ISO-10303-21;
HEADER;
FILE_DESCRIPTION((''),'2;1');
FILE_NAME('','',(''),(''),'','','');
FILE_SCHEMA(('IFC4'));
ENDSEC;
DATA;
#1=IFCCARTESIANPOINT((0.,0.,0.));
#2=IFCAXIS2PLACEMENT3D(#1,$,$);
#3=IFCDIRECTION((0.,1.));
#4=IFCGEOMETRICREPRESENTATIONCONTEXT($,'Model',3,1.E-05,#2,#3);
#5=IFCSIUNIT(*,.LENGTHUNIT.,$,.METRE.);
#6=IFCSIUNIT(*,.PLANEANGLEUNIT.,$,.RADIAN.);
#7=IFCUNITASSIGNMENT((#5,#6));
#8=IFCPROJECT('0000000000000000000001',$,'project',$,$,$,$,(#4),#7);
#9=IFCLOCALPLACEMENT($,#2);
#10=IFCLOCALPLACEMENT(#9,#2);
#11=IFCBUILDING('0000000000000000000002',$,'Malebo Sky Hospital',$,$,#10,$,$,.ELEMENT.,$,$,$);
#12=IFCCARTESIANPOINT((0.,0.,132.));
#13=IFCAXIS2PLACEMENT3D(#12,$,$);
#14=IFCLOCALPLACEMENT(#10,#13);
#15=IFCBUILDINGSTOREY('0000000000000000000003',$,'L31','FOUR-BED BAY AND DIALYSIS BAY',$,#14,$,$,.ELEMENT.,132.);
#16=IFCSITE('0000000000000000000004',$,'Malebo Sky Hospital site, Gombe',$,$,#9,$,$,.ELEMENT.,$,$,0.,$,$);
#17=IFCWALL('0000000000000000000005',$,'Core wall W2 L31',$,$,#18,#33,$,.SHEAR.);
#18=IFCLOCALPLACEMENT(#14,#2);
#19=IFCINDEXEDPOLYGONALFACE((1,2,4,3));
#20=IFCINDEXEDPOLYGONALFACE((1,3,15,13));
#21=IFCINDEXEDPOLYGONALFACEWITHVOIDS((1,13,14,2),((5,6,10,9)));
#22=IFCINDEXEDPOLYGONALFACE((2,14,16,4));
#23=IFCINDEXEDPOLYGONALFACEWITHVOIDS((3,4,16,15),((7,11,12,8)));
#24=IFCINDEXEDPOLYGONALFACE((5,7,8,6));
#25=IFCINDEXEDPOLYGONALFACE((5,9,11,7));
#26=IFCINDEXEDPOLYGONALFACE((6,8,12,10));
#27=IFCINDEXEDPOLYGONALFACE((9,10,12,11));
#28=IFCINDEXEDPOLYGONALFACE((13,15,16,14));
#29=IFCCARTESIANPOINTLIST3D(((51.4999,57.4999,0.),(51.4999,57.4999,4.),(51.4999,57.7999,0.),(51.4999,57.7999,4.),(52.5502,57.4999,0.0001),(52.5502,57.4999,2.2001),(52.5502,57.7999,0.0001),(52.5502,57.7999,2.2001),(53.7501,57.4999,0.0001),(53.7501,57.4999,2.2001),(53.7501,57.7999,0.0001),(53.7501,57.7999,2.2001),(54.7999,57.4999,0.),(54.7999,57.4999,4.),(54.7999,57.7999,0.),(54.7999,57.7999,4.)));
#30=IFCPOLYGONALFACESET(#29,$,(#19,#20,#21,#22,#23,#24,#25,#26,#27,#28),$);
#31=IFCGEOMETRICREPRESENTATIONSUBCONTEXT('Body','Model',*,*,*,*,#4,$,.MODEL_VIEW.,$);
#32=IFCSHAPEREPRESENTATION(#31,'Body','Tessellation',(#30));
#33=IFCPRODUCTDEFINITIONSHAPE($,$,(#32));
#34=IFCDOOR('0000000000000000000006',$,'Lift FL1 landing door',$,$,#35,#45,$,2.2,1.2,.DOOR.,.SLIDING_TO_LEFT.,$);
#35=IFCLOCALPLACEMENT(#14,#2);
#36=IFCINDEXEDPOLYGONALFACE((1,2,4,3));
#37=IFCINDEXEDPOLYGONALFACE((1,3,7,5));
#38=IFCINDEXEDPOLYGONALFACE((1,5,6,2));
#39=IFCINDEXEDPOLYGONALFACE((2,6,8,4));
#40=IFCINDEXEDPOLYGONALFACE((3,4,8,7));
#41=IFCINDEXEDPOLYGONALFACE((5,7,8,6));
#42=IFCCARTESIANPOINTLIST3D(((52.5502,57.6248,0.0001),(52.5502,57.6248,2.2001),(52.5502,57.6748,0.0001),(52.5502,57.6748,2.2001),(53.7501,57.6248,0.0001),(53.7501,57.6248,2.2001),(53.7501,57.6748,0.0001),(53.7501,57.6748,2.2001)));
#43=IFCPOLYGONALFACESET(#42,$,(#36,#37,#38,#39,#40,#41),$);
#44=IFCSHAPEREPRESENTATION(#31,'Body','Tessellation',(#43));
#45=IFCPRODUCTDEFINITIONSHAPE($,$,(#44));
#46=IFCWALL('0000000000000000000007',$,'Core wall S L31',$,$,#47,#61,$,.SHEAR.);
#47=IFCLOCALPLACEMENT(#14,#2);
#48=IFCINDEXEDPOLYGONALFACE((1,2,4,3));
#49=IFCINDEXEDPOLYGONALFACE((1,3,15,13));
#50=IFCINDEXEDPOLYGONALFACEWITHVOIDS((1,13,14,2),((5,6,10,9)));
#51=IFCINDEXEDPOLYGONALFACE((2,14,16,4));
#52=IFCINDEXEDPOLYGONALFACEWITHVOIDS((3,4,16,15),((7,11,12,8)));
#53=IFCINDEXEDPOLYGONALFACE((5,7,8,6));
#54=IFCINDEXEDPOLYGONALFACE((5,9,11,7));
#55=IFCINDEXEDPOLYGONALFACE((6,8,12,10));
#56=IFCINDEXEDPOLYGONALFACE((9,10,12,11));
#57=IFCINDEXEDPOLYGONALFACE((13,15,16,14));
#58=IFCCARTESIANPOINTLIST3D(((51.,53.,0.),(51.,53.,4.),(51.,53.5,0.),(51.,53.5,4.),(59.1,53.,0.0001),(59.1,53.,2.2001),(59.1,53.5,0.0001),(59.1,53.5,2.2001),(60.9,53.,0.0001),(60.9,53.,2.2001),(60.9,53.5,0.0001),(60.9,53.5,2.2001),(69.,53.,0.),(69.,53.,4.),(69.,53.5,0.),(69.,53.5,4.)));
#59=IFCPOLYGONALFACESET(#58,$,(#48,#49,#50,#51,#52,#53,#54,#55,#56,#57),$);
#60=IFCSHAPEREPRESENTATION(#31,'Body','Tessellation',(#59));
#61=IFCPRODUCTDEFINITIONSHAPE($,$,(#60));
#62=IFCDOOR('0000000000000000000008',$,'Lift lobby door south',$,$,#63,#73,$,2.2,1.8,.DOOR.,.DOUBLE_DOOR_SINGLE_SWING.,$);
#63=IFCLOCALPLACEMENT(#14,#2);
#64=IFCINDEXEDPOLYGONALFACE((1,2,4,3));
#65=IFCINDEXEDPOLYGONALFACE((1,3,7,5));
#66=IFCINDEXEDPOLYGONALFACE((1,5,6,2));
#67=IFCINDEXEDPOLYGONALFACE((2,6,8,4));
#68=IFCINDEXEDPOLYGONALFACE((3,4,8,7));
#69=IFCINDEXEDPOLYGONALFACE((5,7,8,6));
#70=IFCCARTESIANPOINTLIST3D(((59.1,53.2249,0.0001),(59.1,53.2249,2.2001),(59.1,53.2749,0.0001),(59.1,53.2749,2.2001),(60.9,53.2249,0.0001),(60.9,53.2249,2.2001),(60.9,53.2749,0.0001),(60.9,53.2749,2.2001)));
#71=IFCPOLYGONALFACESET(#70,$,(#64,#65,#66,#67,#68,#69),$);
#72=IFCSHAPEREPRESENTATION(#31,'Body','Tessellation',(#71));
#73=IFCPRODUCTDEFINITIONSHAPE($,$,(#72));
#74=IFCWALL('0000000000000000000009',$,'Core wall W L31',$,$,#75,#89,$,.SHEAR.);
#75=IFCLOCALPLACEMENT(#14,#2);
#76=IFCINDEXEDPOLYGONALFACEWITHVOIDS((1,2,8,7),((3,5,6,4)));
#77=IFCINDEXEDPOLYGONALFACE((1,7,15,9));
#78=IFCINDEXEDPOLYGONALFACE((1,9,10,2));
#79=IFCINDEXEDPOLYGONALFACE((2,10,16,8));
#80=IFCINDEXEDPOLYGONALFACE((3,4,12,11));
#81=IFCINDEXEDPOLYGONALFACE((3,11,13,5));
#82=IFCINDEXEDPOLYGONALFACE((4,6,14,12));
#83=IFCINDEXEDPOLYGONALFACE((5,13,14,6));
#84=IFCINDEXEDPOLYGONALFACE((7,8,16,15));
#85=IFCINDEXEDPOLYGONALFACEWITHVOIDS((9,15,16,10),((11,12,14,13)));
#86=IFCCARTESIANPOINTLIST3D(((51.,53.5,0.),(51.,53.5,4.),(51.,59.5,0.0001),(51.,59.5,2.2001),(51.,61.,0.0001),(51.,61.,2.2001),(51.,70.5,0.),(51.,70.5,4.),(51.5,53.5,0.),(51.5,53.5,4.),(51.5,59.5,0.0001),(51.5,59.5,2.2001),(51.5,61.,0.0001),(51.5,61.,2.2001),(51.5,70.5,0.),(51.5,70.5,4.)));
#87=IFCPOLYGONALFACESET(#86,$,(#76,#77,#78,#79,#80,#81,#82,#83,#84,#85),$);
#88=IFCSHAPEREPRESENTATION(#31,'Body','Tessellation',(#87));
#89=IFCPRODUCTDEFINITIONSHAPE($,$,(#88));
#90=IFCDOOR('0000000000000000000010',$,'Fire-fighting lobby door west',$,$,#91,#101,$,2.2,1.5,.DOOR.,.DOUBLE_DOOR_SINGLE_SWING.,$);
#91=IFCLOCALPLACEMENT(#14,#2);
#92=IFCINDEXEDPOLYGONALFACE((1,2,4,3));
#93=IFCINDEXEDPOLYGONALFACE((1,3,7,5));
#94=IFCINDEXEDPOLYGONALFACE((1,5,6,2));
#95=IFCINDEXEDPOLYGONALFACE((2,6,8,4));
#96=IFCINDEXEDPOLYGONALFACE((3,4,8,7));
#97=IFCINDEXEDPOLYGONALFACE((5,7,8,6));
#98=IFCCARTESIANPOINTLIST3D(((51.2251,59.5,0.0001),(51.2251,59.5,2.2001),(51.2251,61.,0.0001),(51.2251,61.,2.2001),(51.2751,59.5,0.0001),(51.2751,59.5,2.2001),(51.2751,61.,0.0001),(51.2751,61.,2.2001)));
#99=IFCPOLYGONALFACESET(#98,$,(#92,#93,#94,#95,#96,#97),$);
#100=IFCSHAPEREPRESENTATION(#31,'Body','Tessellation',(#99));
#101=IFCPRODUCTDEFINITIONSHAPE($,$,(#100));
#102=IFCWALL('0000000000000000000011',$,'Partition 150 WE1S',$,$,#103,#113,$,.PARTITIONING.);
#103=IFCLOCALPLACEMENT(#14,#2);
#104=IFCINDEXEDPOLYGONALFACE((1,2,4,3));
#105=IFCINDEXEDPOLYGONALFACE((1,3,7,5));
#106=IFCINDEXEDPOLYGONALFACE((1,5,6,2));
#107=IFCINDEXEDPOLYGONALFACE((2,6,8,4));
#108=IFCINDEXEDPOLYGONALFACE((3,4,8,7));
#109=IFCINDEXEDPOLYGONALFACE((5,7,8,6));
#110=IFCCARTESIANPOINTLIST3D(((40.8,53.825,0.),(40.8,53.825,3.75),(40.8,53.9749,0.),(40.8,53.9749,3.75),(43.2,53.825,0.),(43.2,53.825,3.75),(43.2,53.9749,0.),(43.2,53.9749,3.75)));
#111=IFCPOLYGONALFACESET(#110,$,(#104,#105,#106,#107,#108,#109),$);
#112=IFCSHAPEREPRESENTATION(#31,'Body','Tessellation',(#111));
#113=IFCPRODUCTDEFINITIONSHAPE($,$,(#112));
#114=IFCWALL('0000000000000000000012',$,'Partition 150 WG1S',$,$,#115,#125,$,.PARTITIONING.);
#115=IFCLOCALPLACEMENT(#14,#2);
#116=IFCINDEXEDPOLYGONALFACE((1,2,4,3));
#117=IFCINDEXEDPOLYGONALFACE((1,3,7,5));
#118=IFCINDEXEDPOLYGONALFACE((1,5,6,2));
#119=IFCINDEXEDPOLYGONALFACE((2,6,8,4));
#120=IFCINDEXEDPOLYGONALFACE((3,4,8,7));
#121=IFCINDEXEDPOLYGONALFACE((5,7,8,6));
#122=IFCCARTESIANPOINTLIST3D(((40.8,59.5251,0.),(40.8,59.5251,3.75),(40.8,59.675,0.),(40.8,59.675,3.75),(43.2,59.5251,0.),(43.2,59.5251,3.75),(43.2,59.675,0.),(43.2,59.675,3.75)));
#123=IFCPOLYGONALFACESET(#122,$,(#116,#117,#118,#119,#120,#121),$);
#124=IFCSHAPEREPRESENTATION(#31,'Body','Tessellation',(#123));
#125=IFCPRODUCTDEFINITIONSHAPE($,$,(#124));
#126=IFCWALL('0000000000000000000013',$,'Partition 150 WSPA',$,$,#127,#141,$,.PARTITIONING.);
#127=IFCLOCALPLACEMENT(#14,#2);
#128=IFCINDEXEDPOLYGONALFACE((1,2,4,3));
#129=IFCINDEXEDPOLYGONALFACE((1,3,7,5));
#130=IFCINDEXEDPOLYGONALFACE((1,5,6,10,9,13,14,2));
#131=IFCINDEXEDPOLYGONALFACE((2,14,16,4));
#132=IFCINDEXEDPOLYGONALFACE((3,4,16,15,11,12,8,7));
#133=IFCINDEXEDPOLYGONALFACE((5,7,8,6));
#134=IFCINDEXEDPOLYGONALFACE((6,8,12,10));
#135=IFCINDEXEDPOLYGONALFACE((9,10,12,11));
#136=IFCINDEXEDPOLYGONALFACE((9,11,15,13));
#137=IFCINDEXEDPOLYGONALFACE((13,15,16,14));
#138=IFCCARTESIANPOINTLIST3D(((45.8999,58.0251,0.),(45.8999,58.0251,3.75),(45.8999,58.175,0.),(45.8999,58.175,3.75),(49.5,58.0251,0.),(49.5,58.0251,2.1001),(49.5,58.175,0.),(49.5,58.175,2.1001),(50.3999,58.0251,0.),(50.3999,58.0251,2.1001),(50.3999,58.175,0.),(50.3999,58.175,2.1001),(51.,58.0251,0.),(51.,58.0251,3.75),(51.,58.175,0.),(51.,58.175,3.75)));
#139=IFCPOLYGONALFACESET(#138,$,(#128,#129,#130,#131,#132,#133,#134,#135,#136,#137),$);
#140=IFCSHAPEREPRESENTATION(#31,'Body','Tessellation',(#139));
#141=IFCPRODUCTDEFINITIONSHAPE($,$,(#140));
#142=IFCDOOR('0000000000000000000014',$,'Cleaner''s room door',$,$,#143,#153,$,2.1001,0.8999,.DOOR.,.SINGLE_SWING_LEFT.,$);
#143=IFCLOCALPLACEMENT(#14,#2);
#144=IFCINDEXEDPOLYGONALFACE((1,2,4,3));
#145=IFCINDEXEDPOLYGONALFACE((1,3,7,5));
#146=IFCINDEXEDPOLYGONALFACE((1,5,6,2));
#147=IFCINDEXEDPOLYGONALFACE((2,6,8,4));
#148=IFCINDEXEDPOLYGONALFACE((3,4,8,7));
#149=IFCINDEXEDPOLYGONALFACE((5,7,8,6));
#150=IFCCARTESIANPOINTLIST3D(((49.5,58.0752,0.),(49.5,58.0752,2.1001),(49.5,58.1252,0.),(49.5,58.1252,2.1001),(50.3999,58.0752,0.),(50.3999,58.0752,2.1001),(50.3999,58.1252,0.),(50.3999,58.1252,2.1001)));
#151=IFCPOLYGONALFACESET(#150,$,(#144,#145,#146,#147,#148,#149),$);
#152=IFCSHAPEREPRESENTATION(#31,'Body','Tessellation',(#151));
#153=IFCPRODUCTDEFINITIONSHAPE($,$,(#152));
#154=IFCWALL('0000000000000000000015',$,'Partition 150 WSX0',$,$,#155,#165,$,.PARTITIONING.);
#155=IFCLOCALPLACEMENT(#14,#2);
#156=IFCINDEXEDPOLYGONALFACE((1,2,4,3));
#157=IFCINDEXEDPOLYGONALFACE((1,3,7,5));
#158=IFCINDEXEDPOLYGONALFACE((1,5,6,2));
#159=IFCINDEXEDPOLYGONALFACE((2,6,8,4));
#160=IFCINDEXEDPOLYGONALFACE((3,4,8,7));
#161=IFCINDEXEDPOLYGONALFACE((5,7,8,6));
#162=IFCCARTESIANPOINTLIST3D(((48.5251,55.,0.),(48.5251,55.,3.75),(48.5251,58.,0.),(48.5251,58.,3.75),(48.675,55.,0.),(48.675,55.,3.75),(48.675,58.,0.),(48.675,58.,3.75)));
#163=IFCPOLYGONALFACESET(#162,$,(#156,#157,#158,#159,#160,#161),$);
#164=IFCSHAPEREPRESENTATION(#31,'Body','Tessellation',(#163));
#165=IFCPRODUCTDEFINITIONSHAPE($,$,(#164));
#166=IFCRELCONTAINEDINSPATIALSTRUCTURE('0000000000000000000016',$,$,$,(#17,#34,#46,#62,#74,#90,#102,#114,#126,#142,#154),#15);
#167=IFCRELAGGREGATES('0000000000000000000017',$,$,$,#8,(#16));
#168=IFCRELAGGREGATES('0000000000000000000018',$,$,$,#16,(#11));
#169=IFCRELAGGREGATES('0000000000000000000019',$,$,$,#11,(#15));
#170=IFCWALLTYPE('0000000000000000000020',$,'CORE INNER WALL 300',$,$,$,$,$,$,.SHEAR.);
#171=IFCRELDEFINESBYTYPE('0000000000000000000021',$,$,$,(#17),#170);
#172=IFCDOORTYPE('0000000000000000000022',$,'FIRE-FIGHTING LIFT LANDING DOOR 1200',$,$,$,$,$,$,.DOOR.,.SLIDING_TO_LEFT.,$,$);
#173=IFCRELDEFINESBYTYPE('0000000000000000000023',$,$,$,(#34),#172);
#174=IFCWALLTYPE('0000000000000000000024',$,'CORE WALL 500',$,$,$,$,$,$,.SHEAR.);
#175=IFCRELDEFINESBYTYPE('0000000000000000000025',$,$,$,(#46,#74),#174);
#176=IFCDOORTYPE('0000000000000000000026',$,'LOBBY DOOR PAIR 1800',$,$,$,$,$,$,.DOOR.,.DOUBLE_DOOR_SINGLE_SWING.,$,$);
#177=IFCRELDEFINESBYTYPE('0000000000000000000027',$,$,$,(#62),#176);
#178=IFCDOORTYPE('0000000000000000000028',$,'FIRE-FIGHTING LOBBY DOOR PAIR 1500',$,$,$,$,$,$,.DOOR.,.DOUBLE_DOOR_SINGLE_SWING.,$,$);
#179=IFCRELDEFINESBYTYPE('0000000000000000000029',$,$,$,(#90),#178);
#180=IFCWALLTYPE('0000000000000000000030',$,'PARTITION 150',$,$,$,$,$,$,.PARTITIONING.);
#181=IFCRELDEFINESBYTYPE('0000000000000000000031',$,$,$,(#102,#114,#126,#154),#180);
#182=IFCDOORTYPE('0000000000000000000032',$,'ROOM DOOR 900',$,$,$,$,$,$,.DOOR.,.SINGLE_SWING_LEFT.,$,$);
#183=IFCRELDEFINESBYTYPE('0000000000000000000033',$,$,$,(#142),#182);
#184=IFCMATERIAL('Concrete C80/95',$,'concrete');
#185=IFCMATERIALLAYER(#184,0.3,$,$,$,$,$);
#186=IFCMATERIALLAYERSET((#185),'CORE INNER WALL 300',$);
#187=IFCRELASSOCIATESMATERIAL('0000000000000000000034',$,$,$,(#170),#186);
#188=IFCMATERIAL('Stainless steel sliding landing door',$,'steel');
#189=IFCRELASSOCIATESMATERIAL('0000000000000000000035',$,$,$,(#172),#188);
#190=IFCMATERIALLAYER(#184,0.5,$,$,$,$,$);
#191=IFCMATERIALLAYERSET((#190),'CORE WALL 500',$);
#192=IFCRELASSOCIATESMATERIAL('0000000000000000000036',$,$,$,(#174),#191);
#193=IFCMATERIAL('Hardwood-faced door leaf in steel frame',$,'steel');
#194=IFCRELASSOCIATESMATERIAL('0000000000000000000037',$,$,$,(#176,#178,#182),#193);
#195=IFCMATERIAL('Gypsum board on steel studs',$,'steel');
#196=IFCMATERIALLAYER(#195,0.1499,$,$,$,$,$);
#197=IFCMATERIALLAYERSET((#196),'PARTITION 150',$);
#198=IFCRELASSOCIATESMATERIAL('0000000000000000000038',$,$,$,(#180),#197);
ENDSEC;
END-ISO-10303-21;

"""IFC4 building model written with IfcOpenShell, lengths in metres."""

from ifc_helpers import new_model, si_unit, direction, frame, frame_2d, origin, place, context, subcontext, project, spatial, rectangle, extrude, material, layer, layer_set, type_object, element, fill, save


model = new_model("IFC4")

# Units and contexts
model_context = context("Model", 3, precision=1e-05, world=origin(), true_north=direction((0.0, 1.0)))
body_context = subcontext(model_context, "Body", "Model", "MODEL_VIEW")
ifc_project = project(units=[si_unit("LENGTHUNIT", "METRE"), si_unit("PLANEANGLEUNIT", "RADIAN")], contexts=[model_context])

# Site, building, storey
site_placement = place(None, origin())
site = spatial("IfcSite", under=ifc_project, at=site_placement, Name="Malebo Sky Hospital site, Gombe", CompositionType="ELEMENT", RefElevation=0.0)
building_placement = place(site_placement, origin())
building = spatial("IfcBuilding", under=site, at=building_placement, Name="Malebo Sky Hospital", CompositionType="ELEMENT")
storey_placement = place(building_placement, frame((0.0, 0.0, 132.0)))
storey = spatial("IfcBuildingStorey", under=building, at=storey_placement, Name="L31", Description="FOUR-BED BAY AND DIALYSIS BAY", CompositionType="ELEMENT", Elevation=132.0)

# Shared definitions
ifc_material_1 = material(Name="Concrete C80/95", Category="concrete")
ifc_material_2 = material(Name="Stainless steel sliding landing door", Category="steel")

# Shared definitions
ifc_layer_1 = layer(ifc_material_1, 0.3)
ifc_layer_set_1 = layer_set([ifc_layer_1], Name="CORE INNER WALL 300")
wall_type_1 = type_object("IfcWallType", Name="CORE INNER WALL 300", PredefinedType="SHEAR", material=ifc_layer_set_1)

# Walls, openings, doors
wall_1_placement = place(storey_placement, frame((51.5, 57.6499, 0.0), z_axis=(0.0, 0.0, 1.0), x_axis=(1.0, 0.0, 0.0)))
wall_1 = element("IfcWall", 1, at=wall_1_placement, inside=storey, type_object=wall_type_1, Name="Core wall W2 L31", PredefinedType="SHEAR", context=body_context, shape_type="SweptSolid", body=[
    extrude(rectangle(XDim=3.3, YDim=0.3, at=frame_2d((1.6499, 0.0))), origin(), (0.0, 0.0, 1.0), 4.0),
])
opening_1_placement = place(wall_1_placement, frame((1.05, 0.0, 0.0)))
opening_1 = element("IfcOpeningElement", 2, at=opening_1_placement, cuts=wall_1, PredefinedType="OPENING", context=body_context, shape_type="SweptSolid", body=[
    extrude(rectangle(XDim=1.2, YDim=2.2, at=frame_2d((0.6001, 1.1001))), frame((0.0, 0.1599, 0.0), z_axis=(0.0, -1.0, 0.0), x_axis=(1.0, 0.0, 0.0)), (0.0, 0.0, 1.0), 0.3201),
])
door_type_1 = type_object("IfcDoorType", Name="FIRE-FIGHTING LIFT LANDING DOOR 1200", OperationType="SLIDING_TO_LEFT", PredefinedType="DOOR", material=ifc_material_2)
door_1_placement = place(opening_1_placement, origin())
door_1 = element("IfcDoor", 3, at=door_1_placement, inside=storey, type_object=door_type_1, Name="Lift FL1 landing door", OperationType="SLIDING_TO_LEFT", OverallHeight=2.2, OverallWidth=1.2, PredefinedType="DOOR", context=body_context, shape_type="SweptSolid", body=[
    extrude(rectangle(XDim=1.2, YDim=2.2, at=frame_2d((0.6001, 1.1001))), frame((0.0, 0.0249, 0.0), z_axis=(0.0, -1.0, 0.0), x_axis=(1.0, 0.0, 0.0)), (0.0, 0.0, 1.0), 0.05),
])
fill(opening_1, door_1)
ifc_layer_2 = layer(ifc_material_1, 0.5)
ifc_layer_set_2 = layer_set([ifc_layer_2], Name="CORE WALL 500")
wall_type_2 = type_object("IfcWallType", Name="CORE WALL 500", PredefinedType="SHEAR", material=ifc_layer_set_2)
wall_2_placement = place(storey_placement, frame((51.0, 53.25, 0.0), z_axis=(0.0, 0.0, 1.0), x_axis=(1.0, 0.0, 0.0)))
wall_2 = element("IfcWall", 4, at=wall_2_placement, inside=storey, type_object=wall_type_2, Name="Core wall S L31", PredefinedType="SHEAR", context=body_context, shape_type="SweptSolid", body=[
    extrude(rectangle(XDim=18.0, YDim=0.5, at=frame_2d((9.0, 0.0))), origin(), (0.0, 0.0, 1.0), 4.0),
])
opening_2_placement = place(wall_2_placement, frame((8.1001, 0.0, 0.0)))
opening_2 = element("IfcOpeningElement", 5, at=opening_2_placement, cuts=wall_2, PredefinedType="OPENING", context=body_context, shape_type="SweptSolid", body=[
    extrude(rectangle(XDim=1.8, YDim=2.2, at=frame_2d((0.8999, 1.1001))), frame((0.0, 0.26, 0.0), z_axis=(0.0, -1.0, 0.0), x_axis=(1.0, 0.0, 0.0)), (0.0, 0.0, 1.0), 0.52),
])
ifc_material_3 = material(Name="Hardwood-faced door leaf in steel frame", Category="steel")
door_type_2 = type_object("IfcDoorType", Name="LOBBY DOOR PAIR 1800", OperationType="DOUBLE_DOOR_SINGLE_SWING", PredefinedType="DOOR", material=ifc_material_3)
door_2_placement = place(opening_2_placement, origin())
door_2 = element("IfcDoor", 6, at=door_2_placement, inside=storey, type_object=door_type_2, Name="Lift lobby door south", OperationType="DOUBLE_DOOR_SINGLE_SWING", OverallHeight=2.2, OverallWidth=1.8, PredefinedType="DOOR", context=body_context, shape_type="SweptSolid", body=[
    extrude(rectangle(XDim=1.8, YDim=2.2, at=frame_2d((0.8999, 1.1001))), frame((0.0, 0.0249, 0.0), z_axis=(0.0, -1.0, 0.0), x_axis=(1.0, 0.0, 0.0)), (0.0, 0.0, 1.0), 0.05),
])
fill(opening_2, door_2)
wall_3_placement = place(storey_placement, frame((51.25, 53.5, 0.0), z_axis=(0.0, 0.0, 1.0), x_axis=(0.0, 1.0, 0.0)))
wall_3 = element("IfcWall", 7, at=wall_3_placement, inside=storey, type_object=wall_type_2, Name="Core wall W L31", PredefinedType="SHEAR", context=body_context, shape_type="SweptSolid", body=[
    extrude(rectangle(XDim=17.0, YDim=0.5, at=frame_2d((8.5, 0.0))), origin(), (0.0, 0.0, 1.0), 4.0),
])
opening_3_placement = place(wall_3_placement, frame((6.0, 0.0, 0.0)))
opening_3 = element("IfcOpeningElement", 8, at=opening_3_placement, cuts=wall_3, PredefinedType="OPENING", context=body_context, shape_type="SweptSolid", body=[
    extrude(rectangle(XDim=1.5, YDim=2.2, at=frame_2d((0.75, 1.1001))), frame((0.0, 0.26, 0.0), z_axis=(0.0, -1.0, 0.0), x_axis=(1.0, 0.0, 0.0)), (0.0, 0.0, 1.0), 0.52),
])
door_type_3 = type_object("IfcDoorType", Name="FIRE-FIGHTING LOBBY DOOR PAIR 1500", OperationType="DOUBLE_DOOR_SINGLE_SWING", PredefinedType="DOOR", material=ifc_material_3)
door_3_placement = place(opening_3_placement, origin())
door_3 = element("IfcDoor", 9, at=door_3_placement, inside=storey, type_object=door_type_3, Name="Fire-fighting lobby door west", OperationType="DOUBLE_DOOR_SINGLE_SWING", OverallHeight=2.2, OverallWidth=1.5, PredefinedType="DOOR", context=body_context, shape_type="SweptSolid", body=[
    extrude(rectangle(XDim=1.5, YDim=2.2, at=frame_2d((0.75, 1.1001))), frame((0.0, 0.0249, 0.0), z_axis=(0.0, -1.0, 0.0), x_axis=(1.0, 0.0, 0.0)), (0.0, 0.0, 1.0), 0.05),
])
fill(opening_3, door_3)

# Walls
ifc_material_4 = material(Name="Gypsum board on steel studs", Category="steel")
ifc_layer_3 = layer(ifc_material_4, 0.1499)
ifc_layer_set_3 = layer_set([ifc_layer_3], Name="PARTITION 150")
wall_type_3 = type_object("IfcWallType", Name="PARTITION 150", PredefinedType="PARTITIONING", material=ifc_layer_set_3)
for number, where, z_axis, x_axis, name in (
    (10, (43.2, 53.8999, 0.0), (0.0, 0.0, 1.0), (-1.0, 0.0, 0.0), "Partition 150 WE1S"),
    (11, (43.2, 59.6001, 0.0), (0.0, 0.0, 1.0), (-1.0, 0.0, 0.0), "Partition 150 WG1S"),
):
    element("IfcWall", number, at=place(storey_placement, frame(where, z_axis=z_axis, x_axis=x_axis)), inside=storey, type_object=wall_type_3, Name=name, PredefinedType="PARTITIONING", context=body_context, shape_type="SweptSolid", body=[
        extrude(rectangle(XDim=2.3999, YDim=0.1499, at=frame_2d((1.2, 0.0))), origin(), (0.0, 0.0, 1.0), 3.75),
    ])

# Wall, opening, door
wall_4_placement = place(storey_placement, frame((51.0, 58.1001, 0.0), z_axis=(0.0, 0.0, 1.0), x_axis=(-1.0, 0.0, 0.0)))
wall_4 = element("IfcWall", 12, at=wall_4_placement, inside=storey, type_object=wall_type_3, Name="Partition 150 WSPA", PredefinedType="PARTITIONING", context=body_context, shape_type="SweptSolid", body=[
    extrude(rectangle(XDim=5.1001, YDim=0.1499, at=frame_2d((2.55, 0.0))), origin(), (0.0, 0.0, 1.0), 3.75),
])
opening_4_placement = place(wall_4_placement, frame((0.6001, 0.0, 0.0)))
opening_4 = element("IfcOpeningElement", 13, at=opening_4_placement, cuts=wall_4, PredefinedType="OPENING", context=body_context, shape_type="SweptSolid", body=[
    extrude(rectangle(XDim=0.8999, YDim=2.1001, at=frame_2d((0.45, 1.05))), frame((0.0, 0.085, 0.0), z_axis=(0.0, -1.0, 0.0), x_axis=(1.0, 0.0, 0.0)), (0.0, 0.0, 1.0), 0.1699),
])
door_type_4 = type_object("IfcDoorType", Name="ROOM DOOR 900", OperationType="SINGLE_SWING_LEFT", PredefinedType="DOOR", material=ifc_material_3)
door_4_placement = place(opening_4_placement, origin())
door_4 = element("IfcDoor", 14, at=door_4_placement, inside=storey, type_object=door_type_4, Name="Cleaner's room door", OperationType="SINGLE_SWING_LEFT", OverallHeight=2.1001, OverallWidth=0.8999, PredefinedType="DOOR", context=body_context, shape_type="SweptSolid", body=[
    extrude(rectangle(XDim=0.8999, YDim=2.1001, at=frame_2d((0.45, 1.05))), frame((0.0, 0.0249, 0.0), z_axis=(0.0, -1.0, 0.0), x_axis=(1.0, 0.0, 0.0)), (0.0, 0.0, 1.0), 0.05),
])
fill(opening_4, door_4)

# Wall
wall_5_placement = place(storey_placement, frame((48.6001, 55.0, 0.0), z_axis=(0.0, 0.0, 1.0), x_axis=(0.0, 1.0, 0.0)))
element("IfcWall", 15, at=wall_5_placement, inside=storey, type_object=wall_type_3, Name="Partition 150 WSX0", PredefinedType="PARTITIONING", context=body_context, shape_type="SweptSolid", body=[
    extrude(rectangle(XDim=3.0, YDim=0.1499, at=frame_2d((1.5, 0.0))), origin(), (0.0, 0.0, 1.0), 3.75),
])

save(model, "model.ifc")
